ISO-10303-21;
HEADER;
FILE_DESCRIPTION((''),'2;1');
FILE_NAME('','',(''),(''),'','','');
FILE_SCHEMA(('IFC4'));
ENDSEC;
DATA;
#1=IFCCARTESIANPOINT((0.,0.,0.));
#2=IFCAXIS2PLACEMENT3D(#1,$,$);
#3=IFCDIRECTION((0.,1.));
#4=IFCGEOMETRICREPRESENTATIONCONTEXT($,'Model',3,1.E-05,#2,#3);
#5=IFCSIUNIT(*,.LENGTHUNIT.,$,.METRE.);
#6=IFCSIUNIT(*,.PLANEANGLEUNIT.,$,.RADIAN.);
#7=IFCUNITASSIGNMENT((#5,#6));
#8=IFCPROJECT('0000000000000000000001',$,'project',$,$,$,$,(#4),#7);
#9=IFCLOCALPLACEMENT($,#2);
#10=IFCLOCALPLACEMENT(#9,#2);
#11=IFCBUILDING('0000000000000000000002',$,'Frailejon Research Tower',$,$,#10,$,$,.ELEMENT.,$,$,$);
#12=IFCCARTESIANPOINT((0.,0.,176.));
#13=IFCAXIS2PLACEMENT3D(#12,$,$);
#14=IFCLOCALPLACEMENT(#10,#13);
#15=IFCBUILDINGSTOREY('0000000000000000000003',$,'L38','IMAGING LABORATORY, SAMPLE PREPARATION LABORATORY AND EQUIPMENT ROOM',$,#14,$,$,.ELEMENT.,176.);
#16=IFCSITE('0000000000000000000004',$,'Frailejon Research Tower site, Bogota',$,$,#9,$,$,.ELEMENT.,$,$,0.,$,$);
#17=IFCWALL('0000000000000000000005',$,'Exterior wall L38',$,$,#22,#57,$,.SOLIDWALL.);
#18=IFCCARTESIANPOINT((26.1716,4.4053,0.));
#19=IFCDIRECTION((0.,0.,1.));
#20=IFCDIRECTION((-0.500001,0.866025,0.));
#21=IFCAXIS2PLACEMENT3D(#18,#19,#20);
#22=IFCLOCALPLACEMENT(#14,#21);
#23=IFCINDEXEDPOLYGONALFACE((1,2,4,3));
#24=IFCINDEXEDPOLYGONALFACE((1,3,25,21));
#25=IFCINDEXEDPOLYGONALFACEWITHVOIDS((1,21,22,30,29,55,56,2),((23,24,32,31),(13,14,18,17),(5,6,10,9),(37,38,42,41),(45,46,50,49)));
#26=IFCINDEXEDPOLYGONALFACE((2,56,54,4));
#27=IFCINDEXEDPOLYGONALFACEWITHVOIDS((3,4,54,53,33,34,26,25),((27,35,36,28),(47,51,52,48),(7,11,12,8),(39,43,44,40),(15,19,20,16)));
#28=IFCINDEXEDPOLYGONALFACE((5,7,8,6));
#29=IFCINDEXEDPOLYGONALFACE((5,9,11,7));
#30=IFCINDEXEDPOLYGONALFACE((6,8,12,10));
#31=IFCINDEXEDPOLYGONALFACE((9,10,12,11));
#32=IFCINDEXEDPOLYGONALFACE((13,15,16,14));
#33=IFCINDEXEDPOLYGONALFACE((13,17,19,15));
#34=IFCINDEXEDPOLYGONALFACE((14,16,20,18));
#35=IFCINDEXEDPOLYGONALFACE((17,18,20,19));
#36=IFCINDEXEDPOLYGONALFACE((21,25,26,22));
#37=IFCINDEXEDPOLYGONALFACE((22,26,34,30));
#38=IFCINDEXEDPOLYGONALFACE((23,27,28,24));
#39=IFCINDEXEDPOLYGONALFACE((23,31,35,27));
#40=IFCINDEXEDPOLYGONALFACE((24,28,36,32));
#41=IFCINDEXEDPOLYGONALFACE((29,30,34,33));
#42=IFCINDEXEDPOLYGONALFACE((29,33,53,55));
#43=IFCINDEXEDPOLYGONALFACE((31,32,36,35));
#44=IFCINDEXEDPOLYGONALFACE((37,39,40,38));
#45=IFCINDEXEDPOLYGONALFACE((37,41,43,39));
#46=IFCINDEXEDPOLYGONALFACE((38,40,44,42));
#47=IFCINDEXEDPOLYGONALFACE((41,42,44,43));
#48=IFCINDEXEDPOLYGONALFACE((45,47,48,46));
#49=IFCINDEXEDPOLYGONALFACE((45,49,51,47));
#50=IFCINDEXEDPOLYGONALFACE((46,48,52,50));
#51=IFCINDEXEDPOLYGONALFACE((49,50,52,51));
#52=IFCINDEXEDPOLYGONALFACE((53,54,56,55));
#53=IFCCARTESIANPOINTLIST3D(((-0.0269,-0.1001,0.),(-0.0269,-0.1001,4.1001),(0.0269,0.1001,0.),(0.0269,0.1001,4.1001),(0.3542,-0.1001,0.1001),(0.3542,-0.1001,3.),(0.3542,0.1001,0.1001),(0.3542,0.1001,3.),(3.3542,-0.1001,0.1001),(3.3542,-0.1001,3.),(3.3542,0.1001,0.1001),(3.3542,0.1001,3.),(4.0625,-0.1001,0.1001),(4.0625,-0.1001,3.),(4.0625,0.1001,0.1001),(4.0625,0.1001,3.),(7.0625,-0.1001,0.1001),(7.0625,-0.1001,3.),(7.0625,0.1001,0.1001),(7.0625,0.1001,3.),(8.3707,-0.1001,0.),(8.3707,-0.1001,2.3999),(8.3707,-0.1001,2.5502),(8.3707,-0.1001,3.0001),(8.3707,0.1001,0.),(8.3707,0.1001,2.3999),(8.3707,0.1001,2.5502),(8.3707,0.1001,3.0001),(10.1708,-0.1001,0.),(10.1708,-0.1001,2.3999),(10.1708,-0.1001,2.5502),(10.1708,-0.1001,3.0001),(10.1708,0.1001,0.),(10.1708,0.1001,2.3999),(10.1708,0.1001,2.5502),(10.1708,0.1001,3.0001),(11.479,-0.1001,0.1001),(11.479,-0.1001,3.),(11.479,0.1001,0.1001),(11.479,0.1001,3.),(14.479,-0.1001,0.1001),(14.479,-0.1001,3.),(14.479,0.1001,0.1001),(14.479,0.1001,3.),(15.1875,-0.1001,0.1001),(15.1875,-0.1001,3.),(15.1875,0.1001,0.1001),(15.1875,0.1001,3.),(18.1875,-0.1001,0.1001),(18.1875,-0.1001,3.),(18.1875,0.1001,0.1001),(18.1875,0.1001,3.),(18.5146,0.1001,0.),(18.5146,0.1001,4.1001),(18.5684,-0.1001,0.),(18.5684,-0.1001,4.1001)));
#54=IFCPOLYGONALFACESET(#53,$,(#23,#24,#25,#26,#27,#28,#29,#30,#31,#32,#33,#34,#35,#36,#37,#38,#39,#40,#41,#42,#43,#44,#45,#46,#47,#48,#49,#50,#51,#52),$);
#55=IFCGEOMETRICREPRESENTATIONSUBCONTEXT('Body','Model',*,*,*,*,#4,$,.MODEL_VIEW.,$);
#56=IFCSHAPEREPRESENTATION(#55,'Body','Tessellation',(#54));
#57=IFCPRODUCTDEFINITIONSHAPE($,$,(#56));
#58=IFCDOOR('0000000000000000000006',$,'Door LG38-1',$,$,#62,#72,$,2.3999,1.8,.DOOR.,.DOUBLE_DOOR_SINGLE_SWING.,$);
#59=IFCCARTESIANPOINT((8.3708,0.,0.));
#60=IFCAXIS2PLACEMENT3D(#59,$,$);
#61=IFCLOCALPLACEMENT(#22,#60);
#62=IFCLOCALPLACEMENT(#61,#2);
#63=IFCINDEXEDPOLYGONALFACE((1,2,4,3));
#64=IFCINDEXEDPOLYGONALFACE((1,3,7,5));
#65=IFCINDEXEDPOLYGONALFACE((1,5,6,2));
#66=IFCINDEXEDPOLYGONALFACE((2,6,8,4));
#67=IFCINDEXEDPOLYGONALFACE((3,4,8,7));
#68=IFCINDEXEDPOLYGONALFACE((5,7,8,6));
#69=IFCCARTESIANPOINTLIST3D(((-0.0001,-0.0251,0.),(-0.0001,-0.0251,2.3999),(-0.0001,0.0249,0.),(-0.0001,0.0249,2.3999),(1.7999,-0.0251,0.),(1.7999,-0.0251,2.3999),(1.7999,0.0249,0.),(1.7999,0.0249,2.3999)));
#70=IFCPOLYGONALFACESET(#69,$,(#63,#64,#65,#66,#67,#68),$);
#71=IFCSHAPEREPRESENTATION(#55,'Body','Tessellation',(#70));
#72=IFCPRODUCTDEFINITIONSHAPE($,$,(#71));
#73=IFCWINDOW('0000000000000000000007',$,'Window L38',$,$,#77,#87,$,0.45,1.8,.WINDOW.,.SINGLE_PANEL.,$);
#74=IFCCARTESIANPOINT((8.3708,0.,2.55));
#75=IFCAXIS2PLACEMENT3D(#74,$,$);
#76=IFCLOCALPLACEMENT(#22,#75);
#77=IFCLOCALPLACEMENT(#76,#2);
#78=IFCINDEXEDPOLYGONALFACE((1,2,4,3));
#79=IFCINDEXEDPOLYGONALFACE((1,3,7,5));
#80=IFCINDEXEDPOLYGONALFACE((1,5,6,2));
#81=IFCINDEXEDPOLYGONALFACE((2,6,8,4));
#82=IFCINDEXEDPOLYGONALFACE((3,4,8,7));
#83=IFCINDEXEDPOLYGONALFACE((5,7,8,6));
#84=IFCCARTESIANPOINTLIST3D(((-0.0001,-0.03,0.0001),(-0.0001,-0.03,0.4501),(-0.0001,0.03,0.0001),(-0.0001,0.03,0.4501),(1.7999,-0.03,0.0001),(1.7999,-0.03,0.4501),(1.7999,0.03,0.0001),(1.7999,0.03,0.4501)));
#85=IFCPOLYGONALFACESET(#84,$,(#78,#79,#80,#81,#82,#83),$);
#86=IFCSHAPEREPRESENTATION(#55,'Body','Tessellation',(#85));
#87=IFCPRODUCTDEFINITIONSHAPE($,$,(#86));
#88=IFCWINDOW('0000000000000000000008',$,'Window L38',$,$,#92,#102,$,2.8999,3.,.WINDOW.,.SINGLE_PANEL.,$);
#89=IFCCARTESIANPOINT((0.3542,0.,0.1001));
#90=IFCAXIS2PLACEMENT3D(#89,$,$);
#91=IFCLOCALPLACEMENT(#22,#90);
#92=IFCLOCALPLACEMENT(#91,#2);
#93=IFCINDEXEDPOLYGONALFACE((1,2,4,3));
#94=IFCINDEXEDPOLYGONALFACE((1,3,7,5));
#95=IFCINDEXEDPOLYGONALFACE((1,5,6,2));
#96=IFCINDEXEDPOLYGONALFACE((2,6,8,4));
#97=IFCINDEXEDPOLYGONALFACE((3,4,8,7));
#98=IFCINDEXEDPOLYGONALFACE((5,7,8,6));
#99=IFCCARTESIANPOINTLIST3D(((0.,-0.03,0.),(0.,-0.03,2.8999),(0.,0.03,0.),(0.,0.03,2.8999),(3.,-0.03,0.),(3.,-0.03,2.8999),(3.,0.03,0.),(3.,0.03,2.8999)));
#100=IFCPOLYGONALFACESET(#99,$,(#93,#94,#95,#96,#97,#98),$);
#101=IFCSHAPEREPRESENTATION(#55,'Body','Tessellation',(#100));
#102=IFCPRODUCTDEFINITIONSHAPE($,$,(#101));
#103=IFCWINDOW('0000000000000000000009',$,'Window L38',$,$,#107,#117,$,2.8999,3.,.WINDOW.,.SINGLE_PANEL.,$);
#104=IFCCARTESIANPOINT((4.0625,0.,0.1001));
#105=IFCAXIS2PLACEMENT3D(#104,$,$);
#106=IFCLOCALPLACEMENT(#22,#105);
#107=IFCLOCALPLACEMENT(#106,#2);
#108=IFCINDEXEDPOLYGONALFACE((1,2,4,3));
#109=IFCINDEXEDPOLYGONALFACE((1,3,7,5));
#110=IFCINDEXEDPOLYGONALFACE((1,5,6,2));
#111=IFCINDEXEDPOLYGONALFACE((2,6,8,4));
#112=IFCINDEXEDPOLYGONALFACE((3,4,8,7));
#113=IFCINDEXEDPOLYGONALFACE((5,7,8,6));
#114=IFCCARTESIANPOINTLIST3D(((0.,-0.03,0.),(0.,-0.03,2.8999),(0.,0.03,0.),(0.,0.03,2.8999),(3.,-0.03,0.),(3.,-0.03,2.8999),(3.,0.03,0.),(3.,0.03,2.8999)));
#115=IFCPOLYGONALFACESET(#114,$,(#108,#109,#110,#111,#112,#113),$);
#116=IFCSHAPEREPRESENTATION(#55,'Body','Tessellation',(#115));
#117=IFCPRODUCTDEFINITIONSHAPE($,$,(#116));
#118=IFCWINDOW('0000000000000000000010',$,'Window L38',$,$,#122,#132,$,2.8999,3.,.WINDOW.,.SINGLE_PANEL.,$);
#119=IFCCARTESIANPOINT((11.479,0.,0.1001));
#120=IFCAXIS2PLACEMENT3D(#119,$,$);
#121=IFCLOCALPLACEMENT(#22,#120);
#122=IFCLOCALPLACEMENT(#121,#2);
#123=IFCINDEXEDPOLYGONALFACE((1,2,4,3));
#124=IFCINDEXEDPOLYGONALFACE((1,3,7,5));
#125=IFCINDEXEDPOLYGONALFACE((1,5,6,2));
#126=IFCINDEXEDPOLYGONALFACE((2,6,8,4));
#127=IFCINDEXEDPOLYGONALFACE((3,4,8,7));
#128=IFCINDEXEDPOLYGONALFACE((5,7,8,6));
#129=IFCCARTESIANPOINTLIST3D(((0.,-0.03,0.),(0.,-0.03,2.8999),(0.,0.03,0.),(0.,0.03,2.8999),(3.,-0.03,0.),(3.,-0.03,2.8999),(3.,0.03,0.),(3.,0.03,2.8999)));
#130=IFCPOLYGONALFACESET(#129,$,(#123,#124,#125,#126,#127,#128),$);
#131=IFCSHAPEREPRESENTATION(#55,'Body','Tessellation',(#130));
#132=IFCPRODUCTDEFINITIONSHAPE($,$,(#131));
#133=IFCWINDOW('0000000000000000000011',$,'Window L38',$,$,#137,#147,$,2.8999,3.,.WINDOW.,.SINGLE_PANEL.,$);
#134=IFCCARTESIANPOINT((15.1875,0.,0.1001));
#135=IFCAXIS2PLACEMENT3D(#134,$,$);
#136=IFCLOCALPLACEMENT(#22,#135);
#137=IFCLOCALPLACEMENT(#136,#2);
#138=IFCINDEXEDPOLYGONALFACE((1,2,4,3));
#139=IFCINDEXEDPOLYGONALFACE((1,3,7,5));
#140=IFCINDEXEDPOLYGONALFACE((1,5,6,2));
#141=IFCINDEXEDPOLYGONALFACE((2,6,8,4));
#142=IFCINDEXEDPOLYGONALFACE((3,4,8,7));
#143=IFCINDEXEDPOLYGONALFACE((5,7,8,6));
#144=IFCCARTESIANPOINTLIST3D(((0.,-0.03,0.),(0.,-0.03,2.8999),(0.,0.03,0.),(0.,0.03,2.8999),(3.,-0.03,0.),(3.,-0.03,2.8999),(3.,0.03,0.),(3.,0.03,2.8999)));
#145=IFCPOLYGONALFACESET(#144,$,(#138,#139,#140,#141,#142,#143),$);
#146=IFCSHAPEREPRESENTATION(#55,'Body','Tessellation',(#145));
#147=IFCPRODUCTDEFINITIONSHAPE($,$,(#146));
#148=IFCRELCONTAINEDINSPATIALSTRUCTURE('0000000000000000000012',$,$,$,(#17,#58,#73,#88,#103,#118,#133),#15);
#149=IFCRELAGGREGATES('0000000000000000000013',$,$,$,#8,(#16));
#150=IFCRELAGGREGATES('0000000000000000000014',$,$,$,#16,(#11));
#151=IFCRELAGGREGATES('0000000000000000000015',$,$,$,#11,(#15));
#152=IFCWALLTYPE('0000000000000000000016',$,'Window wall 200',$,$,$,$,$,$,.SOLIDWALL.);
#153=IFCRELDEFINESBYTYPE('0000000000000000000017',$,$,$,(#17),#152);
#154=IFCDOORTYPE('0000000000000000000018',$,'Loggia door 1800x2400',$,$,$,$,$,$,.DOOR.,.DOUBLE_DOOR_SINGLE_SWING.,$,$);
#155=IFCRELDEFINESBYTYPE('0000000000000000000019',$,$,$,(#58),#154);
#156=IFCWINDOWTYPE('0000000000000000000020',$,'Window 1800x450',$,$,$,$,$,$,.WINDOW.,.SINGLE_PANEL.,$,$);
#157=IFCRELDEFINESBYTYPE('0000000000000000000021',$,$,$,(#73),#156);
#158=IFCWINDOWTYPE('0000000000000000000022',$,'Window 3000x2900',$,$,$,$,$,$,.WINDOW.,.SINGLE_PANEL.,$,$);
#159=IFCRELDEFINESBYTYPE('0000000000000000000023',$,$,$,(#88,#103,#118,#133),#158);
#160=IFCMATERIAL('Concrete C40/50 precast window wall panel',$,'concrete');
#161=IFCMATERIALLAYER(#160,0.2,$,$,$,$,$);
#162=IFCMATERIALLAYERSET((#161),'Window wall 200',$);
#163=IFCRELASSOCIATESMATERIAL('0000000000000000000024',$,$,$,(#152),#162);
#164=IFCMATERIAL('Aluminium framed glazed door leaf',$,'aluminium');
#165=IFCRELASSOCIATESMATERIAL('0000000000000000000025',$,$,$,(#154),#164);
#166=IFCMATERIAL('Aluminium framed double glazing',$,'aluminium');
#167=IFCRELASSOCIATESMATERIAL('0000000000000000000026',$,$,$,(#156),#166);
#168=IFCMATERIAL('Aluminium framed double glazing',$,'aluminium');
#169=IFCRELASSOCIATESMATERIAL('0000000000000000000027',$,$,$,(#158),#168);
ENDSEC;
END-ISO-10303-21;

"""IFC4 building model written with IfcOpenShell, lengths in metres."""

from ifc_helpers import new_model, si_unit, direction, frame, frame_2d, origin, place, context, subcontext, project, spatial, polyline, rectangle, outline, extrude, material, layer, layer_set, type_object, element, fill, save


model = new_model("IFC4")

# Units and contexts
model_context = context("Model", 3, precision=1e-05, world=origin(), true_north=direction((0.0, 1.0)))
body_context = subcontext(model_context, "Body", "Model", "MODEL_VIEW")
ifc_project = project(units=[si_unit("LENGTHUNIT", "METRE"), si_unit("PLANEANGLEUNIT", "RADIAN")], contexts=[model_context])

# Site, building, storey
site_placement = place(None, origin())
site = spatial("IfcSite", under=ifc_project, at=site_placement, Name="Frailejon Research Tower site, Bogota", CompositionType="ELEMENT", RefElevation=0.0)
building_placement = place(site_placement, origin())
building = spatial("IfcBuilding", under=site, at=building_placement, Name="Frailejon Research Tower", CompositionType="ELEMENT")
storey_placement = place(building_placement, frame((0.0, 0.0, 176.0)))
storey = spatial("IfcBuildingStorey", under=building, at=storey_placement, Name="L38", Description="IMAGING LABORATORY, SAMPLE PREPARATION LABORATORY AND EQUIPMENT ROOM", CompositionType="ELEMENT", Elevation=176.0)

# Wall, openings, door, windows
ifc_material_1 = material(Name="Concrete C40/50 precast window wall panel", Category="concrete")
ifc_layer_1 = layer(ifc_material_1, 0.2)
ifc_layer_set_1 = layer_set([ifc_layer_1], Name="Window wall 200")
wall_type_1 = type_object("IfcWallType", Name="Window wall 200", PredefinedType="SOLIDWALL", material=ifc_layer_set_1)
wall_1_placement = place(storey_placement, frame((26.1716, 4.4053, 0.0), z_axis=(0.0, 0.0, 1.0), x_axis=(-0.500001, 0.866025, 0.0)))
wall_1 = element("IfcWall", 1, at=wall_1_placement, inside=storey, type_object=wall_type_1, Name="Exterior wall L38", PredefinedType="SOLIDWALL", context=body_context, shape_type="SweptSolid", body=[
    extrude(outline(polyline([(-0.0269, -0.1001), (1.0061, -0.1001), (2.0393, -0.1001), (3.0723, -0.1001), (4.1055, -0.1001), (5.1384, -0.1001), (6.1716, -0.1001), (7.2046, -0.1001), (8.2378, -0.1001), (9.2708, -0.1001), (10.3037, -0.1001), (11.3369, -0.1001), (12.3699, -0.1001), (13.4031, -0.1001), (14.436, -0.1001), (15.4692, -0.1001), (16.5022, -0.1001), (17.5354, -0.1001), (18.5684, -0.1001), (18.5146, 0.1001), (17.4875, 0.1001), (16.4604, 0.1001), (15.4333, 0.1001), (14.4062, 0.1001), (13.3792, 0.1001), (12.3521, 0.1001), (11.325, 0.1001), (10.2979, 0.1001), (9.2708, 0.1001), (8.2437, 0.1001), (7.2166, 0.1001), (6.1895, 0.1001), (5.1624, 0.1001), (4.1353, 0.1001), (3.1082, 0.1001), (2.0811, 0.1001), (1.054, 0.1001), (0.0269, 0.1001), (-0.0269, -0.1001)])), origin(), (0.0, 0.0, 1.0), 4.1001),
])
opening_1_placement = place(wall_1_placement, frame((0.3542, 0.0, 0.1001)))
opening_1 = element("IfcOpeningElement", 2, at=opening_1_placement, cuts=wall_1, PredefinedType="OPENING", context=body_context, shape_type="SweptSolid", body=[
    extrude(rectangle(XDim=3.0, YDim=2.8999, at=frame_2d((1.5, 1.45))), frame((0.0, 0.1099, 0.0), z_axis=(0.0, -1.0, 0.0), x_axis=(1.0, 0.0, 0.0)), (0.0, 0.0, 1.0), 0.22),
])
opening_2_placement = place(wall_1_placement, frame((4.0625, 0.0, 0.1001)))
opening_2 = element("IfcOpeningElement", 3, at=opening_2_placement, cuts=wall_1, PredefinedType="OPENING", context=body_context, shape_type="SweptSolid", body=[
    extrude(rectangle(XDim=3.0, YDim=2.8999, at=frame_2d((1.5, 1.45))), frame((0.0, 0.1099, 0.0), z_axis=(0.0, -1.0, 0.0), x_axis=(1.0, 0.0, 0.0)), (0.0, 0.0, 1.0), 0.22),
])
opening_3_placement = place(wall_1_placement, frame((8.3708, 0.0, 0.0)))
opening_3 = element("IfcOpeningElement", 4, at=opening_3_placement, cuts=wall_1, PredefinedType="OPENING", context=body_context, shape_type="SweptSolid", body=[
    extrude(rectangle(XDim=1.8, YDim=2.3999, at=frame_2d((0.8999, 1.2))), frame((0.0, 0.1099, 0.0), z_axis=(0.0, -1.0, 0.0), x_axis=(1.0, 0.0, 0.0)), (0.0, 0.0, 1.0), 0.22),
])
opening_4_placement = place(wall_1_placement, frame((8.3708, 0.0, 2.55)))
opening_4 = element("IfcOpeningElement", 5, at=opening_4_placement, cuts=wall_1, PredefinedType="OPENING", context=body_context, shape_type="SweptSolid", body=[
    extrude(rectangle(XDim=1.8, YDim=0.45, at=frame_2d((0.8999, 0.2251))), frame((0.0, 0.1099, 0.0), z_axis=(0.0, -1.0, 0.0), x_axis=(1.0, 0.0, 0.0)), (0.0, 0.0, 1.0), 0.22),
])
opening_5_placement = place(wall_1_placement, frame((11.479, 0.0, 0.1001)))
opening_5 = element("IfcOpeningElement", 6, at=opening_5_placement, cuts=wall_1, PredefinedType="OPENING", context=body_context, shape_type="SweptSolid", body=[
    extrude(rectangle(XDim=3.0, YDim=2.8999, at=frame_2d((1.5, 1.45))), frame((0.0, 0.1099, 0.0), z_axis=(0.0, -1.0, 0.0), x_axis=(1.0, 0.0, 0.0)), (0.0, 0.0, 1.0), 0.22),
])
opening_6_placement = place(wall_1_placement, frame((15.1875, 0.0, 0.1001)))
opening_6 = element("IfcOpeningElement", 7, at=opening_6_placement, cuts=wall_1, PredefinedType="OPENING", context=body_context, shape_type="SweptSolid", body=[
    extrude(rectangle(XDim=3.0, YDim=2.8999, at=frame_2d((1.5, 1.45))), frame((0.0, 0.1099, 0.0), z_axis=(0.0, -1.0, 0.0), x_axis=(1.0, 0.0, 0.0)), (0.0, 0.0, 1.0), 0.22),
])
ifc_material_2 = material(Name="Aluminium framed glazed door leaf", Category="aluminium")
door_type_1 = type_object("IfcDoorType", Name="Loggia door 1800x2400", OperationType="DOUBLE_DOOR_SINGLE_SWING", PredefinedType="DOOR", material=ifc_material_2)
door_1_placement = place(opening_3_placement, origin())
door_1 = element("IfcDoor", 8, at=door_1_placement, inside=storey, type_object=door_type_1, Name="Door LG38-1", OperationType="DOUBLE_DOOR_SINGLE_SWING", OverallHeight=2.3999, OverallWidth=1.8, PredefinedType="DOOR", context=body_context, shape_type="SweptSolid", body=[
    extrude(rectangle(XDim=1.8, YDim=2.3999, at=frame_2d((0.8999, 1.2))), frame((0.0, 0.0249, 0.0), z_axis=(0.0, -1.0, 0.0), x_axis=(1.0, 0.0, 0.0)), (0.0, 0.0, 1.0), 0.05),
])
fill(opening_3, door_1)
ifc_material_3 = material(Name="Aluminium framed double glazing", Category="aluminium")
window_type_1 = type_object("IfcWindowType", Name="Window 1800x450", PartitioningType="SINGLE_PANEL", PredefinedType="WINDOW", material=ifc_material_3)
window_1_placement = place(opening_4_placement, origin())
window_1 = element("IfcWindow", 9, at=window_1_placement, inside=storey, type_object=window_type_1, Name="Window L38", OverallHeight=0.45, OverallWidth=1.8, PartitioningType="SINGLE_PANEL", PredefinedType="WINDOW", context=body_context, shape_type="SweptSolid", body=[
    extrude(rectangle(XDim=1.8, YDim=0.45, at=frame_2d((0.8999, 0.2251))), frame((0.0, 0.03, 0.0), z_axis=(0.0, -1.0, 0.0), x_axis=(1.0, 0.0, 0.0)), (0.0, 0.0, 1.0), 0.0601),
])
fill(opening_4, window_1)
ifc_material_4 = material(Name="Aluminium framed double glazing", Category="aluminium")
window_type_2 = type_object("IfcWindowType", Name="Window 3000x2900", PartitioningType="SINGLE_PANEL", PredefinedType="WINDOW", material=ifc_material_4)
window_2_placement = place(opening_1_placement, origin())
window_2 = element("IfcWindow", 10, at=window_2_placement, inside=storey, type_object=window_type_2, Name="Window L38", OverallHeight=2.8999, OverallWidth=3.0, PartitioningType="SINGLE_PANEL", PredefinedType="WINDOW", context=body_context, shape_type="SweptSolid", body=[
    extrude(rectangle(XDim=3.0, YDim=2.8999, at=frame_2d((1.5, 1.45))), frame((0.0, 0.03, 0.0), z_axis=(0.0, -1.0, 0.0), x_axis=(1.0, 0.0, 0.0)), (0.0, 0.0, 1.0), 0.0601),
])
fill(opening_1, window_2)
window_3_placement = place(opening_2_placement, origin())
window_3 = element("IfcWindow", 11, at=window_3_placement, inside=storey, type_object=window_type_2, Name="Window L38", OverallHeight=2.8999, OverallWidth=3.0, PartitioningType="SINGLE_PANEL", PredefinedType="WINDOW", context=body_context, shape_type="SweptSolid", body=[
    extrude(rectangle(XDim=3.0, YDim=2.8999, at=frame_2d((1.5, 1.45))), frame((0.0, 0.03, 0.0), z_axis=(0.0, -1.0, 0.0), x_axis=(1.0, 0.0, 0.0)), (0.0, 0.0, 1.0), 0.0601),
])
fill(opening_2, window_3)
window_4_placement = place(opening_5_placement, origin())
window_4 = element("IfcWindow", 12, at=window_4_placement, inside=storey, type_object=window_type_2, Name="Window L38", OverallHeight=2.8999, OverallWidth=3.0, PartitioningType="SINGLE_PANEL", PredefinedType="WINDOW", context=body_context, shape_type="SweptSolid", body=[
    extrude(rectangle(XDim=3.0, YDim=2.8999, at=frame_2d((1.5, 1.45))), frame((0.0, 0.03, 0.0), z_axis=(0.0, -1.0, 0.0), x_axis=(1.0, 0.0, 0.0)), (0.0, 0.0, 1.0), 0.0601),
])
fill(opening_5, window_4)
window_5_placement = place(opening_6_placement, origin())
window_5 = element("IfcWindow", 13, at=window_5_placement, inside=storey, type_object=window_type_2, Name="Window L38", OverallHeight=2.8999, OverallWidth=3.0, PartitioningType="SINGLE_PANEL", PredefinedType="WINDOW", context=body_context, shape_type="SweptSolid", body=[
    extrude(rectangle(XDim=3.0, YDim=2.8999, at=frame_2d((1.5, 1.45))), frame((0.0, 0.03, 0.0), z_axis=(0.0, -1.0, 0.0), x_axis=(1.0, 0.0, 0.0)), (0.0, 0.0, 1.0), 0.0601),
])
fill(opening_6, window_5)

save(model, "model.ifc")
